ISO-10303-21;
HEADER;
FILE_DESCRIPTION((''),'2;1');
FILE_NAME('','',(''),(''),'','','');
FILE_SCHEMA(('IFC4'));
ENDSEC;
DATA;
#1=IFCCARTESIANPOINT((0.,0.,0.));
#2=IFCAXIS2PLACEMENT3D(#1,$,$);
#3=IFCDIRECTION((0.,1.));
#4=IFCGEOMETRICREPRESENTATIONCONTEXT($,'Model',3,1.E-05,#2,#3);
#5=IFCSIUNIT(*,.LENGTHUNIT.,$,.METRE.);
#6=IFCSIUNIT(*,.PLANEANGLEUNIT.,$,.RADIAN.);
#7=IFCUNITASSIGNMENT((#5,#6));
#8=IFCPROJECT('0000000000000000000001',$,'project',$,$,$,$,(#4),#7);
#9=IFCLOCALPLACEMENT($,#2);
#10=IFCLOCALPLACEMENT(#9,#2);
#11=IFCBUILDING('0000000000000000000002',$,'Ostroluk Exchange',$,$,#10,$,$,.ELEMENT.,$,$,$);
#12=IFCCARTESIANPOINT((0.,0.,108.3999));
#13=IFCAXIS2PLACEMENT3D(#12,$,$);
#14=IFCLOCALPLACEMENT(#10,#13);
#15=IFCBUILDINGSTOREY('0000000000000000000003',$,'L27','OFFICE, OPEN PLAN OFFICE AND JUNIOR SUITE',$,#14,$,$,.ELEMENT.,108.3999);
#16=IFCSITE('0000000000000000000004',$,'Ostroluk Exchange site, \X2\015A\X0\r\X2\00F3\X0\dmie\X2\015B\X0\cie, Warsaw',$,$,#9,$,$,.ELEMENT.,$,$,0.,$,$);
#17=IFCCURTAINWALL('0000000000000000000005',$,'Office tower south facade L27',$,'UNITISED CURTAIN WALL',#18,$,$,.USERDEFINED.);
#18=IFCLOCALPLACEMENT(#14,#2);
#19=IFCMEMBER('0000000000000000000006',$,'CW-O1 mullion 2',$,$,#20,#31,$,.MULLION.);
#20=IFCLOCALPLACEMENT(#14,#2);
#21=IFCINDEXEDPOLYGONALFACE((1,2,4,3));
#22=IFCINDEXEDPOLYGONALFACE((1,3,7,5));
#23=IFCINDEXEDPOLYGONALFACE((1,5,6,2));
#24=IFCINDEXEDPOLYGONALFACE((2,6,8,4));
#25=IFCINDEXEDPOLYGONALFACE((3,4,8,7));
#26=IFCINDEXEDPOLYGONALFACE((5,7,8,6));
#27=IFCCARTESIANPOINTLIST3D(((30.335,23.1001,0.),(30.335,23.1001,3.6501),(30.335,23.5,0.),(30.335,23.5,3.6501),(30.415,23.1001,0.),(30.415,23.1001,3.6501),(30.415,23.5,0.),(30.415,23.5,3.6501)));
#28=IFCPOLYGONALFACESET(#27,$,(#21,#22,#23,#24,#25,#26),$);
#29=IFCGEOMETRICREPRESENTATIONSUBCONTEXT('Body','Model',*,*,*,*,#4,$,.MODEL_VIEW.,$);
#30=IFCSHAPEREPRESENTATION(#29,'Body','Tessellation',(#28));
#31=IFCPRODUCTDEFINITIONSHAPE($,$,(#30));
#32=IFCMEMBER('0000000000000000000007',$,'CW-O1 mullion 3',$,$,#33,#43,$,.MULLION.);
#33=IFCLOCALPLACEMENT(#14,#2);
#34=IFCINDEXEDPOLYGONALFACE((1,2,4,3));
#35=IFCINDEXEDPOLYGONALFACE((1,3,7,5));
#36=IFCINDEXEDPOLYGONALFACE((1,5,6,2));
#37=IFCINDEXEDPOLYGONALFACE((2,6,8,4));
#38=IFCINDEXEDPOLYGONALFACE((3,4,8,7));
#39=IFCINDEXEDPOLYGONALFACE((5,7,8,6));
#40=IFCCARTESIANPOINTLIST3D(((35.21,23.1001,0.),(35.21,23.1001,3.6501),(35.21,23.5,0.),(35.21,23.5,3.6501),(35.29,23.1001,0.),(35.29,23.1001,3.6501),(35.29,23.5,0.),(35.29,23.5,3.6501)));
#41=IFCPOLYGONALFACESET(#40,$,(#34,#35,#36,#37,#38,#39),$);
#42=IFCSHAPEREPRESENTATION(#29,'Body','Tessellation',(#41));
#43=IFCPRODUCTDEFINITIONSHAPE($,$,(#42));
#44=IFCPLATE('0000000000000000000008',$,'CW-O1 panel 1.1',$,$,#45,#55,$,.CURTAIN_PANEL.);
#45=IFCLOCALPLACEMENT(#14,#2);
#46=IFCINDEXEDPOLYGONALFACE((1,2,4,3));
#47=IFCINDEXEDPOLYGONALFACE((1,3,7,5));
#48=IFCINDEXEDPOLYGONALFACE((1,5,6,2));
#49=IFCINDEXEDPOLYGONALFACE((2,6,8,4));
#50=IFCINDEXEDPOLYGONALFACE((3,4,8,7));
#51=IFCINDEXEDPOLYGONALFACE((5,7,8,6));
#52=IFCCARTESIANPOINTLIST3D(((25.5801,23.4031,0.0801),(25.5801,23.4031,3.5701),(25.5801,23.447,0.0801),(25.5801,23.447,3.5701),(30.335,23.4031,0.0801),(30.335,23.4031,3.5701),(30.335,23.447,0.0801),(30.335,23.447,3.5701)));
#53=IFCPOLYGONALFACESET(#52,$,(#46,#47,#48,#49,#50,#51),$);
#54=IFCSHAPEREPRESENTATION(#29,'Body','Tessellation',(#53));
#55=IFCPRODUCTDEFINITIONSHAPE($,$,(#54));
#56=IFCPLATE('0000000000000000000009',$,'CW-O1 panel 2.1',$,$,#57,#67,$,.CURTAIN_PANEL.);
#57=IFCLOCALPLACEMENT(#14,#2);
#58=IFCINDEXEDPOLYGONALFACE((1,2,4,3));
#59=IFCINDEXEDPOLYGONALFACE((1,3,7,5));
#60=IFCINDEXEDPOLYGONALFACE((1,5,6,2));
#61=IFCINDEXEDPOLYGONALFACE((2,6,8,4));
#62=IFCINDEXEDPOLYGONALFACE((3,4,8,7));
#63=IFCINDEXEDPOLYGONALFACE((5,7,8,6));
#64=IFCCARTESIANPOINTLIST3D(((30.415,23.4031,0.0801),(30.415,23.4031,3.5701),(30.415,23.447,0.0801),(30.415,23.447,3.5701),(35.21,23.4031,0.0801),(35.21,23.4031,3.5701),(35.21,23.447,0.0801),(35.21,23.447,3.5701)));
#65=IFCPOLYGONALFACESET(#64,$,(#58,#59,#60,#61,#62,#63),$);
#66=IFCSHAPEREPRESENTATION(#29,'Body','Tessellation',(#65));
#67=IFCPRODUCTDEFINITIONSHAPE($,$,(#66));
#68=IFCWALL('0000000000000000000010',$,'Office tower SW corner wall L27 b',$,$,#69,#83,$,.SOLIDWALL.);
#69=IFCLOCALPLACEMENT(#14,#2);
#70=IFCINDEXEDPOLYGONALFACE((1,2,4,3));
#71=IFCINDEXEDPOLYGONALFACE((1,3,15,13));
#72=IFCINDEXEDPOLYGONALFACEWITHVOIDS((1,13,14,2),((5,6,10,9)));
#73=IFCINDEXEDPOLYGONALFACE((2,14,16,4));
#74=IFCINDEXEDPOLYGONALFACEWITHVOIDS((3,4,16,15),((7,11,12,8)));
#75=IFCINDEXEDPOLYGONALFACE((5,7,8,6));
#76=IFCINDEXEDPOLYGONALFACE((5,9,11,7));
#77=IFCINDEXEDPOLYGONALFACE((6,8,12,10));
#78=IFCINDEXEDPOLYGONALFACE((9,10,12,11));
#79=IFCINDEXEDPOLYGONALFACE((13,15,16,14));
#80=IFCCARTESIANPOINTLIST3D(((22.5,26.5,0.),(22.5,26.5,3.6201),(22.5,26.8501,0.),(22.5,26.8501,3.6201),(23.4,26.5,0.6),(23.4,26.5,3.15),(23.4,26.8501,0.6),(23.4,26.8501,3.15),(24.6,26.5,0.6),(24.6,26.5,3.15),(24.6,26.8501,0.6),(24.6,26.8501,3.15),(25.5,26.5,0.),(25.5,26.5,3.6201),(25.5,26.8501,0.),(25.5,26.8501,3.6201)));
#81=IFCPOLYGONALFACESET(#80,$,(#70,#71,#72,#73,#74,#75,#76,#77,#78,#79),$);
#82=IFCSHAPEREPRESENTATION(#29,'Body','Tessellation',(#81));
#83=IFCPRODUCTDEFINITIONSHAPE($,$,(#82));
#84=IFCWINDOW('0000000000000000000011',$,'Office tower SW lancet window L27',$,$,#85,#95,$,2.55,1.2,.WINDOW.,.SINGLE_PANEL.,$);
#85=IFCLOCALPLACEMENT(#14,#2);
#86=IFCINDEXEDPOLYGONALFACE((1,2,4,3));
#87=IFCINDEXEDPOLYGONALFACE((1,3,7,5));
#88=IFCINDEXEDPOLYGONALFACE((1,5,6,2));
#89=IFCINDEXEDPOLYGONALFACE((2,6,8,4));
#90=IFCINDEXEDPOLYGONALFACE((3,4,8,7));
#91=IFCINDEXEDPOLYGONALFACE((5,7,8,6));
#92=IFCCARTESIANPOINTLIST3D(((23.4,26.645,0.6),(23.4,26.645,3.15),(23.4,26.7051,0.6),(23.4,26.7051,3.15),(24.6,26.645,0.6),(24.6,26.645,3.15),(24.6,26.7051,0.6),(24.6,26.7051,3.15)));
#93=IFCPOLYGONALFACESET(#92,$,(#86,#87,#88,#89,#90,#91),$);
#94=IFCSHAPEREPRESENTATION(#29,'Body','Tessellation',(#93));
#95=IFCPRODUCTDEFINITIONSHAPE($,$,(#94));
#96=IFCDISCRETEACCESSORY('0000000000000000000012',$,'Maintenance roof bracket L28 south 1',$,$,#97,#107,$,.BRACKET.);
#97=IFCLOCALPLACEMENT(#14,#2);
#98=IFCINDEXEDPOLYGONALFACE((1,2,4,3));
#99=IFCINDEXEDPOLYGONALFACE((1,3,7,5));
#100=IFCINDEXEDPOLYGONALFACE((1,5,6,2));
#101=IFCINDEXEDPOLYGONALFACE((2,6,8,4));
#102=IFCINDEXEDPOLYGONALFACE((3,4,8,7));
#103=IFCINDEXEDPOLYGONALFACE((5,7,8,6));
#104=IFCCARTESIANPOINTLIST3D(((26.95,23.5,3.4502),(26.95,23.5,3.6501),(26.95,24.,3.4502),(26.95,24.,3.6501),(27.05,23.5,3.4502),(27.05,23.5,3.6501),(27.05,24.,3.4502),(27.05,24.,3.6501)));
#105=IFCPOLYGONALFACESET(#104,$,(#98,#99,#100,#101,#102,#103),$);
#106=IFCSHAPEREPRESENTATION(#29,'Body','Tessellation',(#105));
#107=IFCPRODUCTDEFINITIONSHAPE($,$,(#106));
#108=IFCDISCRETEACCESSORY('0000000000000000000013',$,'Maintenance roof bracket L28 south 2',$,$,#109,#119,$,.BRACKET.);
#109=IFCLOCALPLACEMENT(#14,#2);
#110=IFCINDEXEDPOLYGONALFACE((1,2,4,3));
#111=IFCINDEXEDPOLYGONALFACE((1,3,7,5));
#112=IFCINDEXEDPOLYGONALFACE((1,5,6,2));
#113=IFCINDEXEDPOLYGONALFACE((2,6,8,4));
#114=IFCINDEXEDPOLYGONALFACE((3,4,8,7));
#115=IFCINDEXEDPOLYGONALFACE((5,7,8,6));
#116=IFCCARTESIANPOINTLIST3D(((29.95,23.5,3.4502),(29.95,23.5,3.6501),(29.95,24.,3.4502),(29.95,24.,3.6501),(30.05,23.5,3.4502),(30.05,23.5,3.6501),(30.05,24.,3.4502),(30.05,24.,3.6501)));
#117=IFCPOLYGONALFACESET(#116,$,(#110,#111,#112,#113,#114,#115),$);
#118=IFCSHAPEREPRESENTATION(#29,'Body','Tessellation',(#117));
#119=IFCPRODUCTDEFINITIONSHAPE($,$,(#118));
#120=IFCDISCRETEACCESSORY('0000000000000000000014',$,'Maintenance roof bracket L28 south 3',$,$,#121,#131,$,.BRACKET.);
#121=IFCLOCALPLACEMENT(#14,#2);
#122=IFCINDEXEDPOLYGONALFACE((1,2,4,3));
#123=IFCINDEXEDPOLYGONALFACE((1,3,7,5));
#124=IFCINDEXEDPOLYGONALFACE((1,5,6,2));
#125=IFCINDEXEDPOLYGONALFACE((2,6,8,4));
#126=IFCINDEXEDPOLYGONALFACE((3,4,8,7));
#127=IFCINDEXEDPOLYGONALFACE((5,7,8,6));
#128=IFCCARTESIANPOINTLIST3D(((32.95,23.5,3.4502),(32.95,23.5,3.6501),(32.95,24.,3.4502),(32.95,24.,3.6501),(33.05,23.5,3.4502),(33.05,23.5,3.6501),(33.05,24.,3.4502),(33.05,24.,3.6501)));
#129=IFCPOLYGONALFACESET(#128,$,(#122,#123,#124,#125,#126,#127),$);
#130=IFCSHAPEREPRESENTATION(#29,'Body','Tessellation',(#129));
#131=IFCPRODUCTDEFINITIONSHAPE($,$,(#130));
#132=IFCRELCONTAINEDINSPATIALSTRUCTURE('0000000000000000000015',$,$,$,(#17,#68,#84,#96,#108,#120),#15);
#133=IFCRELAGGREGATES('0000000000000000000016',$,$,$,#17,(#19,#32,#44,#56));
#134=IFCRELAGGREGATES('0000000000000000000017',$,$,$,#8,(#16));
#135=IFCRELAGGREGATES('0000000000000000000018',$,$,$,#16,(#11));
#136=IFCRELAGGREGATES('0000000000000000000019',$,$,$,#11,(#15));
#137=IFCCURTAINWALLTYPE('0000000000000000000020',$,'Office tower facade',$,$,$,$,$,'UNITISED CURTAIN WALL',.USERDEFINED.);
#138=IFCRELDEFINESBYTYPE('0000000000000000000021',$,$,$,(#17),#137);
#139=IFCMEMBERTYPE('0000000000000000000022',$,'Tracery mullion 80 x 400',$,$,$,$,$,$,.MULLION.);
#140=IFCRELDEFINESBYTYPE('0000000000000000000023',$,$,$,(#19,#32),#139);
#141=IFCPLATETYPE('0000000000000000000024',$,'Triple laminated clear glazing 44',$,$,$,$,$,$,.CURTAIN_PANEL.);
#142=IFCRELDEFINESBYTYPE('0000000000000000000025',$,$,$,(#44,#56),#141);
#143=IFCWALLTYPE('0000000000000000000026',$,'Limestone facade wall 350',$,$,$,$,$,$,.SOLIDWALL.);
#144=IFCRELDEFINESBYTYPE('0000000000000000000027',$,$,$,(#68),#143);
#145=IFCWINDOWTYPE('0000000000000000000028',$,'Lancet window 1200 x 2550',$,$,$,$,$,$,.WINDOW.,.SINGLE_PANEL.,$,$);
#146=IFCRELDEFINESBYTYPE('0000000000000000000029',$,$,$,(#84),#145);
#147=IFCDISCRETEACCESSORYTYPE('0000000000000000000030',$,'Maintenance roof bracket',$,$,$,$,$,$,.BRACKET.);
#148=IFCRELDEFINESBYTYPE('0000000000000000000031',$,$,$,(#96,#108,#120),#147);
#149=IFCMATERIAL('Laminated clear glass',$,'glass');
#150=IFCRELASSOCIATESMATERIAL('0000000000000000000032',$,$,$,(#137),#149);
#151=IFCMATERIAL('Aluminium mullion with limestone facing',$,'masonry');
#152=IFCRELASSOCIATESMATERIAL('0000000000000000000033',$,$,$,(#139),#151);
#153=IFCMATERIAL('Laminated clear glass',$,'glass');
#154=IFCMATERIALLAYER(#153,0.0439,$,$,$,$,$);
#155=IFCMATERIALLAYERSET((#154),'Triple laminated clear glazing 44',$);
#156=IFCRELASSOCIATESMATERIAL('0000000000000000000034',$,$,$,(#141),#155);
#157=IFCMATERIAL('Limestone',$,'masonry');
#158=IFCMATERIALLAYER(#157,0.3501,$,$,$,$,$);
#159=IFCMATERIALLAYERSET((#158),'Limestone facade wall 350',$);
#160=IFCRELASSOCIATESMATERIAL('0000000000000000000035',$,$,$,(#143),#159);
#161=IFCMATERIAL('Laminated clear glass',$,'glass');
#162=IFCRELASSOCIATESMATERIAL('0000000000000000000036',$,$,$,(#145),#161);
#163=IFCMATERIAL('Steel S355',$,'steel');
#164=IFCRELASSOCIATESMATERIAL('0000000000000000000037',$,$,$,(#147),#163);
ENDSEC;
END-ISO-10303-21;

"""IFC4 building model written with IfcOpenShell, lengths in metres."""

from ifc_helpers import new_model, si_unit, direction, frame, frame_2d, origin, origin_2d, place, context, subcontext, project, spatial, rectangle, extrude, material, layer, layer_set, material_profile, profile_set, type_object, element, fill, aggregate, save


model = new_model("IFC4")

# Units and contexts
model_context = context("Model", 3, precision=1e-05, world=origin(), true_north=direction((0.0, 1.0)))
body_context = subcontext(model_context, "Body", "Model", "MODEL_VIEW")
ifc_project = project(units=[si_unit("LENGTHUNIT", "METRE"), si_unit("PLANEANGLEUNIT", "RADIAN")], contexts=[model_context])

# Site, building, storey
site_placement = place(None, origin())
site = spatial("IfcSite", under=ifc_project, at=site_placement, Name="Ostroluk Exchange site, Śródmieście, Warsaw", CompositionType="ELEMENT", RefElevation=0.0)
building_placement = place(site_placement, origin())
building = spatial("IfcBuilding", under=site, at=building_placement, Name="Ostroluk Exchange", CompositionType="ELEMENT")
storey_placement = place(building_placement, frame((0.0, 0.0, 108.3999)))
storey = spatial("IfcBuildingStorey", under=building, at=storey_placement, Name="L27", Description="OFFICE, OPEN PLAN OFFICE AND JUNIOR SUITE", CompositionType="ELEMENT", Elevation=108.3999)

# Curtain wall, members, plates
ifc_material_1 = material(Name="Laminated clear glass", Category="glass")
curtain_wall_type = type_object("IfcCurtainWallType", Name="Office tower facade", ElementType="UNITISED CURTAIN WALL", PredefinedType="USERDEFINED", material=ifc_material_1)
curtain_wall_placement = place(storey_placement, origin())
curtain_wall = element("IfcCurtainWall", 1, at=curtain_wall_placement, inside=storey, type_object=curtain_wall_type, Name="Office tower south facade L27", ObjectType="UNITISED CURTAIN WALL", PredefinedType="USERDEFINED")
ifc_material_2 = material(Name="Aluminium mullion with limestone facing", Category="masonry")
ifc_material_profile_1 = material_profile(ifc_material_2, rectangle(XDim=0.3999, YDim=0.0801, at=origin_2d()), Name="Tracery mullion 80 x 400")
ifc_profile_set_1 = profile_set([ifc_material_profile_1], Name="Aluminium mullion with limestone facing")
member_type_1 = type_object("IfcMemberType", Name="Tracery mullion 80 x 400", PredefinedType="MULLION", material=ifc_profile_set_1)
member_1_placement = place(storey_placement, frame((30.375, 23.3, 0.0), z_axis=(0.0, 0.0, 1.0), x_axis=(0.0, 1.0, 0.0)))
member_1 = element("IfcMember", 2, at=member_1_placement, type_object=member_type_1, Name="CW-O1 mullion 2", PredefinedType="MULLION", context=body_context, shape_type="SweptSolid", body=[
    extrude(rectangle(XDim=0.3999, YDim=0.0801, at=origin_2d()), origin(), (0.0, 0.0, 1.0), 3.6501),
])
member_2_placement = place(storey_placement, frame((35.25, 23.3, 0.0), z_axis=(0.0, 0.0, 1.0), x_axis=(0.0, 1.0, 0.0)))
member_2 = element("IfcMember", 3, at=member_2_placement, type_object=member_type_1, Name="CW-O1 mullion 3", PredefinedType="MULLION", context=body_context, shape_type="SweptSolid", body=[
    extrude(rectangle(XDim=0.3999, YDim=0.0801, at=origin_2d()), origin(), (0.0, 0.0, 1.0), 3.6501),
])
ifc_material_3 = material(Name="Laminated clear glass", Category="glass")
ifc_layer_1 = layer(ifc_material_3, 0.0439)
ifc_layer_set_1 = layer_set([ifc_layer_1], Name="Triple laminated clear glazing 44")
plate_type = type_object("IfcPlateType", Name="Triple laminated clear glazing 44", PredefinedType="CURTAIN_PANEL", material=ifc_layer_set_1)
plate_1_placement = place(storey_placement, frame((27.9575, 23.425, 0.0801), z_axis=(0.0, 0.0, 1.0), x_axis=(1.0, 0.0, 0.0)))
plate_1 = element("IfcPlate", 4, at=plate_1_placement, type_object=plate_type, Name="CW-O1 panel 1.1", PredefinedType="CURTAIN_PANEL", context=body_context, shape_type="SweptSolid", body=[
    extrude(rectangle(XDim=4.7549, YDim=0.0439, at=origin_2d()), origin(), (0.0, 0.0, 1.0), 3.49),
])
plate_2_placement = place(storey_placement, frame((32.8125, 23.425, 0.0801), z_axis=(0.0, 0.0, 1.0), x_axis=(1.0, 0.0, 0.0)))
plate_2 = element("IfcPlate", 5, at=plate_2_placement, type_object=plate_type, Name="CW-O1 panel 2.1", PredefinedType="CURTAIN_PANEL", context=body_context, shape_type="SweptSolid", body=[
    extrude(rectangle(XDim=4.7949, YDim=0.0439, at=origin_2d()), origin(), (0.0, 0.0, 1.0), 3.49),
])
aggregate(curtain_wall, [member_1, member_2, plate_1, plate_2])

# Shared definitions
ifc_material_4 = material(Name="Limestone", Category="masonry")
ifc_layer_2 = layer(ifc_material_4, 0.3501)
ifc_layer_set_2 = layer_set([ifc_layer_2], Name="Limestone facade wall 350")
wall_type = type_object("IfcWallType", Name="Limestone facade wall 350", PredefinedType="SOLIDWALL", material=ifc_layer_set_2)

# Wall, opening, window
wall_1_placement = place(storey_placement, frame((25.5, 26.675, 0.0), z_axis=(0.0, 0.0, 1.0), x_axis=(-1.0, 0.0, 0.0)))
wall_1 = element("IfcWall", 6, at=wall_1_placement, inside=storey, type_object=wall_type, Name="Office tower SW corner wall L27 b", PredefinedType="SOLIDWALL", context=body_context, shape_type="SweptSolid", body=[
    extrude(rectangle(XDim=3.0, YDim=0.3501, at=frame_2d((1.5, 0.0))), origin(), (0.0, 0.0, 1.0), 3.6201),
])
opening_1_placement = place(wall_1_placement, frame((0.8999, 0.0, 0.6001)))
opening_1 = element("IfcOpeningElement", 7, at=opening_1_placement, cuts=wall_1, PredefinedType="OPENING", context=body_context, shape_type="SweptSolid", body=[
    extrude(rectangle(XDim=1.2, YDim=2.55, at=frame_2d((0.6001, 1.2749))), frame((0.0, 0.1851, 0.0), z_axis=(0.0, -1.0, 0.0), x_axis=(1.0, 0.0, 0.0)), (0.0, 0.0, 1.0), 0.3701),
])
ifc_material_5 = material(Name="Laminated clear glass", Category="glass")
window_type = type_object("IfcWindowType", Name="Lancet window 1200 x 2550", PartitioningType="SINGLE_PANEL", PredefinedType="WINDOW", material=ifc_material_5)
window_placement = place(opening_1_placement, origin())
window = element("IfcWindow", 8, at=window_placement, inside=storey, type_object=window_type, Name="Office tower SW lancet window L27", OverallHeight=2.55, OverallWidth=1.2, PartitioningType="SINGLE_PANEL", PredefinedType="WINDOW", context=body_context, shape_type="SweptSolid", body=[
    extrude(rectangle(XDim=1.2, YDim=2.55, at=frame_2d((0.6001, 1.2749))), frame((0.0, 0.03, 0.0), z_axis=(0.0, -1.0, 0.0), x_axis=(1.0, 0.0, 0.0)), (0.0, 0.0, 1.0), 0.0601),
])
fill(opening_1, window)

# Discrete accessories
ifc_material_6 = material(Name="Steel S355", Category="steel")
discrete_accessory_type = type_object("IfcDiscreteAccessoryType", Name="Maintenance roof bracket", PredefinedType="BRACKET", material=ifc_material_6)
for number, where, z_axis, x_axis, name in (
    (9, (27.0, 23.75, 3.4502), (0.0, 0.0, 1.0), (1.0, 0.0, 0.0), "Maintenance roof bracket L28 south 1"),
    (10, (30.0, 23.75, 3.4502), (0.0, 0.0, 1.0), (1.0, 0.0, 0.0), "Maintenance roof bracket L28 south 2"),
    (11, (33.0, 23.75, 3.4502), (0.0, 0.0, 1.0), (1.0, 0.0, 0.0), "Maintenance roof bracket L28 south 3"),
):
    element("IfcDiscreteAccessory", number, at=place(storey_placement, frame(where, z_axis=z_axis, x_axis=x_axis)), inside=storey, type_object=discrete_accessory_type, Name=name, PredefinedType="BRACKET", context=body_context, shape_type="SweptSolid", body=[
        extrude(rectangle(XDim=0.1001, YDim=0.5, at=origin_2d()), origin(), (0.0, 0.0, 1.0), 0.2),
    ])

save(model, "model.ifc")
